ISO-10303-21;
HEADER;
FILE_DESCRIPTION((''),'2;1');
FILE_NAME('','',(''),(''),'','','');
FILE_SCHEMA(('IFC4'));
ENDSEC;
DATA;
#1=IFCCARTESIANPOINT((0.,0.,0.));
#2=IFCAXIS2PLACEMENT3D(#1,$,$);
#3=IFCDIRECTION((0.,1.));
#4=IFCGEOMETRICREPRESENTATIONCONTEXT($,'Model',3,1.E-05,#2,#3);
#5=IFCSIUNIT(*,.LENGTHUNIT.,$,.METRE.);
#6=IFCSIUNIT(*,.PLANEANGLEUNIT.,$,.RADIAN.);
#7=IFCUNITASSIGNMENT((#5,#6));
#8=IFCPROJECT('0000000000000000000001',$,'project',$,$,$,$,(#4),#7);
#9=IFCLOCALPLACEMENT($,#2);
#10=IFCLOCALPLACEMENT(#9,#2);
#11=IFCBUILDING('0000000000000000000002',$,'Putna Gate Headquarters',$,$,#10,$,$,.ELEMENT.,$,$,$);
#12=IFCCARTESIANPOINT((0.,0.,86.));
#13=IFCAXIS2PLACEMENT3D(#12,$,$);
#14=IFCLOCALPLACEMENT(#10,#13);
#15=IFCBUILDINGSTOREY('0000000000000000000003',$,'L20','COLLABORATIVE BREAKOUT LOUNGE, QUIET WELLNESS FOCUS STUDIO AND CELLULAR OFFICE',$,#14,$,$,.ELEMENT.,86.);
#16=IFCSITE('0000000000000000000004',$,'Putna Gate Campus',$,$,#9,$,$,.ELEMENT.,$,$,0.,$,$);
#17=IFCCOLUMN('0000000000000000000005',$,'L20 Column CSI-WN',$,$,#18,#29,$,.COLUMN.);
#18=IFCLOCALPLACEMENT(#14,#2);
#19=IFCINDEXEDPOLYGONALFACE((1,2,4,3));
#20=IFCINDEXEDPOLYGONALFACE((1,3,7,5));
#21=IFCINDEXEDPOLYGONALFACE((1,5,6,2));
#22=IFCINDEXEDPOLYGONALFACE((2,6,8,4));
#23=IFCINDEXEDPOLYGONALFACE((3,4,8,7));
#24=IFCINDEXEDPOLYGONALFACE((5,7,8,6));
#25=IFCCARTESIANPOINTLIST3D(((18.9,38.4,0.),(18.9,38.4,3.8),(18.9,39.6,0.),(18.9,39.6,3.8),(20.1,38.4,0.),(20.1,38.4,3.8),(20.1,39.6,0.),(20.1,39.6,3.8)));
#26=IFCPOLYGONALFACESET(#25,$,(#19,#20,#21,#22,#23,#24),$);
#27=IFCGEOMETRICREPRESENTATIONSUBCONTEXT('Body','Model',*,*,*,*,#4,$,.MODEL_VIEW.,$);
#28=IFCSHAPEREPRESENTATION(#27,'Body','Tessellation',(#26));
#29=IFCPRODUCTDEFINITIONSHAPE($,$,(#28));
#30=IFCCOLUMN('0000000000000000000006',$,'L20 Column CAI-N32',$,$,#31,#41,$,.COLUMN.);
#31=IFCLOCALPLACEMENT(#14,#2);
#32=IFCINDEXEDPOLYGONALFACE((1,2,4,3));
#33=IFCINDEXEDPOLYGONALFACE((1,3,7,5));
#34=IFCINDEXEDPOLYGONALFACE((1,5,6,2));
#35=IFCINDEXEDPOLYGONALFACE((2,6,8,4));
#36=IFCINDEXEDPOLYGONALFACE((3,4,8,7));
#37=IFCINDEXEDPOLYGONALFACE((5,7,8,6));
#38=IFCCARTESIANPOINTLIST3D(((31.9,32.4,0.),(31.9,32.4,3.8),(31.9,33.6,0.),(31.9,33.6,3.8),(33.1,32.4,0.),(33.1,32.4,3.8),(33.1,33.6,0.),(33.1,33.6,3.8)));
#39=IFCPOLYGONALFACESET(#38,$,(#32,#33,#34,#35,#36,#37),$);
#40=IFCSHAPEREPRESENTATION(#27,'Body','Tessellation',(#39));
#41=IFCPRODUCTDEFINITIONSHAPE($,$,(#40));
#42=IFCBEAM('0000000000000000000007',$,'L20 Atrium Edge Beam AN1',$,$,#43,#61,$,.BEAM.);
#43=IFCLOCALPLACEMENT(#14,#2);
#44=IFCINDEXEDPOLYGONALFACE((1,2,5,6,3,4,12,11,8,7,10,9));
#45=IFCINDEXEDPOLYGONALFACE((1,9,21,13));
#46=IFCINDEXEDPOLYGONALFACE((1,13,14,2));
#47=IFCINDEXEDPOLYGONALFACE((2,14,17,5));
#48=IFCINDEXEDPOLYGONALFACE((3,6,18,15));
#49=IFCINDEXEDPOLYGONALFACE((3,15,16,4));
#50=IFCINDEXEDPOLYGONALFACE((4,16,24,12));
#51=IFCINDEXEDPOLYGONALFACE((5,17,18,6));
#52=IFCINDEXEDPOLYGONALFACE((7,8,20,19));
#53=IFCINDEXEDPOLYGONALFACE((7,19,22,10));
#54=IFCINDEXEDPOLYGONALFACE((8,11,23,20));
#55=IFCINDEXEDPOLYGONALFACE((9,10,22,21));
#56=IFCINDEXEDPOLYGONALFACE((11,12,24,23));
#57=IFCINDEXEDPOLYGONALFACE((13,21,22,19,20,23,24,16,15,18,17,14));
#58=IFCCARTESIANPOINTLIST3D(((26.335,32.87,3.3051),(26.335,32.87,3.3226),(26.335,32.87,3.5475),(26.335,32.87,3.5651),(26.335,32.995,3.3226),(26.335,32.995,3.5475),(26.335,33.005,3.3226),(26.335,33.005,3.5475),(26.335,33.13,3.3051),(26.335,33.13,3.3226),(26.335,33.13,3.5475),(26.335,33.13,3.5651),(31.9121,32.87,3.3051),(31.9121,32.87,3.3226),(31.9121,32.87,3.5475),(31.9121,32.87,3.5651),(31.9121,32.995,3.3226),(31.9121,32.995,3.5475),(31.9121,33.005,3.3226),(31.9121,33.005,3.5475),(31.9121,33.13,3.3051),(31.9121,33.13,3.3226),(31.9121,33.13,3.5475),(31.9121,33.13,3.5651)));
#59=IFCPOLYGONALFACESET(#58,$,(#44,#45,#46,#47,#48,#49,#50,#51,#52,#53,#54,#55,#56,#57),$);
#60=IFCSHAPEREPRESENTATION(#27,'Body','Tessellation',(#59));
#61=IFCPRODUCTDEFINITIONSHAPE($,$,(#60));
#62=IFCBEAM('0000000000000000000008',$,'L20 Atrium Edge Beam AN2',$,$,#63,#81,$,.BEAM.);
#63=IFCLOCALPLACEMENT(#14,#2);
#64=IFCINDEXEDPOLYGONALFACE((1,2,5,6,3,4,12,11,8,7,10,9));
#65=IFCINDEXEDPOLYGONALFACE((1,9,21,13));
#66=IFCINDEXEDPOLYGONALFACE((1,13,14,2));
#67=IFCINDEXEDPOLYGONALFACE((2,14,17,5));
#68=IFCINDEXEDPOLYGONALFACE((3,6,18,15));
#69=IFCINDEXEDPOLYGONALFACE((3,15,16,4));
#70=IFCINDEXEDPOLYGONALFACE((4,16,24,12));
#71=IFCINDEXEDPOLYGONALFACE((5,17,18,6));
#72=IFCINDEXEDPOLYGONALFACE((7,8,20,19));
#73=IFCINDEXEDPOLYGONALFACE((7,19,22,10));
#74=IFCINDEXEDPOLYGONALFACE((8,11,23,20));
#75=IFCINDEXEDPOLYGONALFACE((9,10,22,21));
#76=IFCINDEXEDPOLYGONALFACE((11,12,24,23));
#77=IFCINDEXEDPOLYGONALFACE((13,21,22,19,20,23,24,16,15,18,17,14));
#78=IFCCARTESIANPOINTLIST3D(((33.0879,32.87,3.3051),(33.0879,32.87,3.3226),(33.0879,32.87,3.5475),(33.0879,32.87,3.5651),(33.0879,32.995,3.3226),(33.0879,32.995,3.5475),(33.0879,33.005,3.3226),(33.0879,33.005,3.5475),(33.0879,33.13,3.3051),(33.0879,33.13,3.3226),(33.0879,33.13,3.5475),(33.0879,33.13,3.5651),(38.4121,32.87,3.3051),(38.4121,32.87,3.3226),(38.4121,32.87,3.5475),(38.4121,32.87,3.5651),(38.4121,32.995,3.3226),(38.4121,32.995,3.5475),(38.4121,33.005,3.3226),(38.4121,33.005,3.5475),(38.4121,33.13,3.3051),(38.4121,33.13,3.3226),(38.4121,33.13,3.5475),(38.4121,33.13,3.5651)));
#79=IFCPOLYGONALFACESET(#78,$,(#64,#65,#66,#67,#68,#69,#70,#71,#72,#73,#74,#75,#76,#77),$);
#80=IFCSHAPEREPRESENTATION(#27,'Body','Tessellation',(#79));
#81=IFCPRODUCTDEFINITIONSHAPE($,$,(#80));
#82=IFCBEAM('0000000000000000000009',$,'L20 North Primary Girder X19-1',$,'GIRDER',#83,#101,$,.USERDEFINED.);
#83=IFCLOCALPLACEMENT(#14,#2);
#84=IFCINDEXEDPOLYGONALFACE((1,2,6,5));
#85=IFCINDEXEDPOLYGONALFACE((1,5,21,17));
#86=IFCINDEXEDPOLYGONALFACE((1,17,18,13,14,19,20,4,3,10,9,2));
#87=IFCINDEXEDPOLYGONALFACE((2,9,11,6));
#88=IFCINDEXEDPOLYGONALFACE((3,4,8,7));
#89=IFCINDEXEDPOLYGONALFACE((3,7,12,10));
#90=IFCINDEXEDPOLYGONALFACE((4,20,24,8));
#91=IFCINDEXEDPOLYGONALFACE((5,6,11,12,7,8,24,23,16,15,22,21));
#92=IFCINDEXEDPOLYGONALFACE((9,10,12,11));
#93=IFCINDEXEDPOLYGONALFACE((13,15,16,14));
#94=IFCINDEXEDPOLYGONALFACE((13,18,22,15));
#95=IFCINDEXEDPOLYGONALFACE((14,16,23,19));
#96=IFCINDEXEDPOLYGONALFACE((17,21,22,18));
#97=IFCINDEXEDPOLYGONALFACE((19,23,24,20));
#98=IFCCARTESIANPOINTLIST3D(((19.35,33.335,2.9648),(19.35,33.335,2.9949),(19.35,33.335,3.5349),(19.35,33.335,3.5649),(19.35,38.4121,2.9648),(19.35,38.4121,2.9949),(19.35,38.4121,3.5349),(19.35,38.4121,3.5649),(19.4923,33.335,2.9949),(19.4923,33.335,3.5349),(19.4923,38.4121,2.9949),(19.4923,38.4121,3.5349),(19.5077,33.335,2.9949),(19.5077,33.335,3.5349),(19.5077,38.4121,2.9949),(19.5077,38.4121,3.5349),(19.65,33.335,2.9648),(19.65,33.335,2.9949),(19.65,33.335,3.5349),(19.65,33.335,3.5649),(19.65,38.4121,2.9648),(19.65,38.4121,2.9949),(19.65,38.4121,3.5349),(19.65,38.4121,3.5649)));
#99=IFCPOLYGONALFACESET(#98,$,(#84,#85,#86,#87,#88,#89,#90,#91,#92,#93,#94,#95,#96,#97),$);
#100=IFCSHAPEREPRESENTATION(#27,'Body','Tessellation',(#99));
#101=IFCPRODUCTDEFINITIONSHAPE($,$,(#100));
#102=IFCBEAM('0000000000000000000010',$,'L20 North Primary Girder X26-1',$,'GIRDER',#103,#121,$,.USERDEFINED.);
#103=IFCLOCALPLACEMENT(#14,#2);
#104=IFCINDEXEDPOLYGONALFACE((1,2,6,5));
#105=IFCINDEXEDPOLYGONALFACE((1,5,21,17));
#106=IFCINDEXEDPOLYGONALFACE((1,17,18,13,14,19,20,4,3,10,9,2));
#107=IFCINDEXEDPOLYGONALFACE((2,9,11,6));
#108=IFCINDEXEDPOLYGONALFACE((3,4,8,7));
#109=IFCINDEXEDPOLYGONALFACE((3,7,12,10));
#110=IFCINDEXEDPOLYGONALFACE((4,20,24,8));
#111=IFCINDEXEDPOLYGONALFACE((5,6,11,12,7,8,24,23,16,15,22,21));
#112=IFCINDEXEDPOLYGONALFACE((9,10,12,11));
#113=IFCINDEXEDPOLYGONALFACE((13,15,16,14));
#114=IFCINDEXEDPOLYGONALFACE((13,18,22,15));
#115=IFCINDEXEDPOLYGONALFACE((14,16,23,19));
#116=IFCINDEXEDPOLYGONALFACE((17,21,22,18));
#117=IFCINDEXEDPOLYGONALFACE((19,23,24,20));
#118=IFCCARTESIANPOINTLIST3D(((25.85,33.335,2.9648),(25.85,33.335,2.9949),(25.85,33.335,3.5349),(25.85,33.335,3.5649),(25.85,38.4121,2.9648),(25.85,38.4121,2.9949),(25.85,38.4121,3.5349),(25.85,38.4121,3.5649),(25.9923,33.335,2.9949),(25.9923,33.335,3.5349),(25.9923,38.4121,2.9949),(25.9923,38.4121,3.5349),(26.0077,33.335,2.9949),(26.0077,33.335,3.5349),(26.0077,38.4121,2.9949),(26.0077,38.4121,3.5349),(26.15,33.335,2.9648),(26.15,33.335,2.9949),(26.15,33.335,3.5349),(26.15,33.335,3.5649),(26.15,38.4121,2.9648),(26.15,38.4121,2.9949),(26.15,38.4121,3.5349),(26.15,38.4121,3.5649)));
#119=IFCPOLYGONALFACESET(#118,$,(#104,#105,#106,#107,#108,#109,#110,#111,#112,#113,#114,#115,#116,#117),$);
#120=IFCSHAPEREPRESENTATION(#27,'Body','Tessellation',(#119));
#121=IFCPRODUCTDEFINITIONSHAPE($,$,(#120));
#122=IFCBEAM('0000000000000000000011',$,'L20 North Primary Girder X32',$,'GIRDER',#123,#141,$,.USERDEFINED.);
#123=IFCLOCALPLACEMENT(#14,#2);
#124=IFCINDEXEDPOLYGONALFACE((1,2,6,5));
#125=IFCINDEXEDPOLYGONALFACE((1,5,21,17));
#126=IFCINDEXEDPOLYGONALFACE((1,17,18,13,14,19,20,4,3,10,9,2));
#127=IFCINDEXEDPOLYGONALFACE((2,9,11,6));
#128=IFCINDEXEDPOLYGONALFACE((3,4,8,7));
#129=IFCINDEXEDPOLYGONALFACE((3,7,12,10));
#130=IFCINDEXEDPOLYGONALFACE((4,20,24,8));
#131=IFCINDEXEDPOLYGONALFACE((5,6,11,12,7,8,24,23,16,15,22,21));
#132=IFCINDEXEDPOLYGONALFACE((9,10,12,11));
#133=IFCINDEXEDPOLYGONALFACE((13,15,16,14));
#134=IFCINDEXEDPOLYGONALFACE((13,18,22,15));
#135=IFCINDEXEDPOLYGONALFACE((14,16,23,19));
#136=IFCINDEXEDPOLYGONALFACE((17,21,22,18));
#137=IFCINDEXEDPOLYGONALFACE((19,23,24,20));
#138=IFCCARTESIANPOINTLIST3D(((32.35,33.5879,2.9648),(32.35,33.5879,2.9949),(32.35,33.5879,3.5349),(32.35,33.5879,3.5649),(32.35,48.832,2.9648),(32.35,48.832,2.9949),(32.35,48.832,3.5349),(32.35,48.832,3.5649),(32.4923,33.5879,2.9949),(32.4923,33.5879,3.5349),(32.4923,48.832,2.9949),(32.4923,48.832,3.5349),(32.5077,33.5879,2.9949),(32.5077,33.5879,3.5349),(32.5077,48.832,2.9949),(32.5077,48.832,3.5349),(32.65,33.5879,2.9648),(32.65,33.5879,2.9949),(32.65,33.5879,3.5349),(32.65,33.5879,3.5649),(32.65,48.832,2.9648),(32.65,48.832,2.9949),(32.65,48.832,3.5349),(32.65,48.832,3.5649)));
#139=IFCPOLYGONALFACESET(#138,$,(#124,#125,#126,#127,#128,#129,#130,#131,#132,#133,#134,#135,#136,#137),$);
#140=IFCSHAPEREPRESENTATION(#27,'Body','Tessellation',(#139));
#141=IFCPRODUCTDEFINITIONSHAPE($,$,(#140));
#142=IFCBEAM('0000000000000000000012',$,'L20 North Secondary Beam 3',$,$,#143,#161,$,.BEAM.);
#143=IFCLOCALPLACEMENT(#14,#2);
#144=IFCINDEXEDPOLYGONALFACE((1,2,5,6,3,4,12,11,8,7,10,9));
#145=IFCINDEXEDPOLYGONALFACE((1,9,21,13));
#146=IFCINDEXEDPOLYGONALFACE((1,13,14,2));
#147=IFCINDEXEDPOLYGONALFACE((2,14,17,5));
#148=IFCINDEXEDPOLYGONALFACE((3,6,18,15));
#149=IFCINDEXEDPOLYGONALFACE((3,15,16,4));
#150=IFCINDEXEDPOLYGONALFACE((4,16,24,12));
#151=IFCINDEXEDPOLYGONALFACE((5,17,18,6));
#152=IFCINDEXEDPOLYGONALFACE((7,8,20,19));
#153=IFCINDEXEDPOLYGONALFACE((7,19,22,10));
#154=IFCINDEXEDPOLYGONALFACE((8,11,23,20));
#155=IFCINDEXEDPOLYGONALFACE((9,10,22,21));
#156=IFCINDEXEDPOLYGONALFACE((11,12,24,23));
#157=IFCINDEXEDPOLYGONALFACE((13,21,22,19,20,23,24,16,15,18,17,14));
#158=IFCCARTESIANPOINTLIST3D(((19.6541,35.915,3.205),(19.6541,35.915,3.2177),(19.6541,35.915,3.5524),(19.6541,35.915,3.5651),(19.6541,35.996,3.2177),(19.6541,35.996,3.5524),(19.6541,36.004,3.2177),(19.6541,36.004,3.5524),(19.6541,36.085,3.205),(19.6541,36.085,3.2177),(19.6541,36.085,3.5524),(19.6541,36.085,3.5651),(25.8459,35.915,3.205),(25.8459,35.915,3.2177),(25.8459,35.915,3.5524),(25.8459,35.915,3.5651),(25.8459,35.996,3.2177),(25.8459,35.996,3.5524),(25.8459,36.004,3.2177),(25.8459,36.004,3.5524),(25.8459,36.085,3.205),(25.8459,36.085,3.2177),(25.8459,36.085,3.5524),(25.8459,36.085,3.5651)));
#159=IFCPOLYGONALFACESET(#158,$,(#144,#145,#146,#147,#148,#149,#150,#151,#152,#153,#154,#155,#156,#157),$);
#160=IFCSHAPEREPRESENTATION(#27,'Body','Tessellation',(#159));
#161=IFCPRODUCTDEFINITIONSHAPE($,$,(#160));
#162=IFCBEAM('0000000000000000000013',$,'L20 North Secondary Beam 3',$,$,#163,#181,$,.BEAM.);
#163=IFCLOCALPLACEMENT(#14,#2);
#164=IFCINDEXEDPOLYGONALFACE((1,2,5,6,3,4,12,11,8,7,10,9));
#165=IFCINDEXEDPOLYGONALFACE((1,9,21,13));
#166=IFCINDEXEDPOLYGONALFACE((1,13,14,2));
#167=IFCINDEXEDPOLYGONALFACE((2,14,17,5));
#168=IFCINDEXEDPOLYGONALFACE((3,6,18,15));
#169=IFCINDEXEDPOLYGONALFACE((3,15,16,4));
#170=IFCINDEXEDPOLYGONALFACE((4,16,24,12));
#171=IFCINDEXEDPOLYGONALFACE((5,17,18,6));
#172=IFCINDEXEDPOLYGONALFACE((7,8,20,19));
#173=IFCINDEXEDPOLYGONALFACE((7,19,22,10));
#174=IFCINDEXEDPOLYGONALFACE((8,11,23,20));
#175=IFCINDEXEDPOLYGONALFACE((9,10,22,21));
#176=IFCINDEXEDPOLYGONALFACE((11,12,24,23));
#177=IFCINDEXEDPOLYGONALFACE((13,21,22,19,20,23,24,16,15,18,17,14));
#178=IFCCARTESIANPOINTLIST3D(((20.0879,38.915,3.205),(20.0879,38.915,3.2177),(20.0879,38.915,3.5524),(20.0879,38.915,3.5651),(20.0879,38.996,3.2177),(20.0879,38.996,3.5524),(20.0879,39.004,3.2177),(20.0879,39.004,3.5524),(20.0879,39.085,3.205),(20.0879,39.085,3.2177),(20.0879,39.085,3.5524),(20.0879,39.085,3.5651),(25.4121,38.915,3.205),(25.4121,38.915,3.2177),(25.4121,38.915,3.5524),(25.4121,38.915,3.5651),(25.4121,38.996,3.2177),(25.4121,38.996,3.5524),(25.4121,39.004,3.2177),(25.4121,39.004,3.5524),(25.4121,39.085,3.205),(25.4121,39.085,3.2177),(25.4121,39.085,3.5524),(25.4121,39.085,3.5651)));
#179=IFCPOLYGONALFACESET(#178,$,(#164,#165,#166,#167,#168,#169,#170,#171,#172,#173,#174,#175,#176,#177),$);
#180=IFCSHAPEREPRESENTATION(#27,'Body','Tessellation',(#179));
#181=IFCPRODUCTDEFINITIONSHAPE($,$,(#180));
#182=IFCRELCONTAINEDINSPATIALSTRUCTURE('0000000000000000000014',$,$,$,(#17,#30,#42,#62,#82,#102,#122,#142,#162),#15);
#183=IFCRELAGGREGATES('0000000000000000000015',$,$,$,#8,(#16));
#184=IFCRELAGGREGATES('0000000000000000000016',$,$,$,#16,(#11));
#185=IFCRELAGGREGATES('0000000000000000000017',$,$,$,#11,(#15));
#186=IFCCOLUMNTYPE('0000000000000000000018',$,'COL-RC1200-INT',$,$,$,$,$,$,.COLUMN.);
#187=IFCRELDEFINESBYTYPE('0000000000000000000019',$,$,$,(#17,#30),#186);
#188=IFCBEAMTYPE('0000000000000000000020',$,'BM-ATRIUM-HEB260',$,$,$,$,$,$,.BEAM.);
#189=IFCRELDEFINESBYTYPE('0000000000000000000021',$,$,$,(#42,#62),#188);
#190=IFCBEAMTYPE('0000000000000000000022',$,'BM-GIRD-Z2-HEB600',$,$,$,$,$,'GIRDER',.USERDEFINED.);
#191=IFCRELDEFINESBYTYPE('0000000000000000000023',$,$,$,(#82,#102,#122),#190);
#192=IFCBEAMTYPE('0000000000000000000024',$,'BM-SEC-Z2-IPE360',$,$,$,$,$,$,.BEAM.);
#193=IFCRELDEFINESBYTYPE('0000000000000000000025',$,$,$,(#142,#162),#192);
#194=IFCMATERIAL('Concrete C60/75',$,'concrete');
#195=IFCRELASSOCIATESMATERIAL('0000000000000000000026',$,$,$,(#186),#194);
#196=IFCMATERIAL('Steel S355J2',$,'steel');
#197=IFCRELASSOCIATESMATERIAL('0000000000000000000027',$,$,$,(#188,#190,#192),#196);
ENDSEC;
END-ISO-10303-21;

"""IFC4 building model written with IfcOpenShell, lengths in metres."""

from ifc_helpers import new_model, si_unit, direction, frame, origin, origin_2d, place, context, subcontext, project, spatial, rectangle, i_section, extrude, material, material_profile, profile_set, type_object, element, save


model = new_model("IFC4")

# Units and contexts
model_context = context("Model", 3, precision=1e-05, world=origin(), true_north=direction((0.0, 1.0)))
body_context = subcontext(model_context, "Body", "Model", "MODEL_VIEW")
ifc_project = project(units=[si_unit("LENGTHUNIT", "METRE"), si_unit("PLANEANGLEUNIT", "RADIAN")], contexts=[model_context])

# Site, building, storey
site_placement = place(None, origin())
site = spatial("IfcSite", under=ifc_project, at=site_placement, Name="Putna Gate Campus", CompositionType="ELEMENT", RefElevation=0.0)
building_placement = place(site_placement, origin())
building = spatial("IfcBuilding", under=site, at=building_placement, Name="Putna Gate Headquarters", CompositionType="ELEMENT")
storey_placement = place(building_placement, frame((0.0, 0.0, 86.0)))
storey = spatial("IfcBuildingStorey", under=building, at=storey_placement, Name="L20", Description="COLLABORATIVE BREAKOUT LOUNGE, QUIET WELLNESS FOCUS STUDIO AND CELLULAR OFFICE", CompositionType="ELEMENT", Elevation=86.0)

# Columns
ifc_material_1 = material(Name="Concrete C60/75", Category="concrete")
ifc_material_profile_1 = material_profile(ifc_material_1, rectangle(XDim=1.2, YDim=1.2, at=origin_2d()), Name="Concrete C60/75")
ifc_profile_set_1 = profile_set([ifc_material_profile_1], Name="Concrete C60/75")
column_type = type_object("IfcColumnType", Name="COL-RC1200-INT", PredefinedType="COLUMN", material=ifc_profile_set_1)
for number, where, z_axis, x_axis, name in (
    (1, (19.5, 39.0, 0.0), (0.0, 0.0, 1.0), (1.0, 0.0, 0.0), "L20 Column CSI-WN"),
    (2, (32.5, 33.0, 0.0), (0.0, 0.0, 1.0), (1.0, 0.0, 0.0), "L20 Column CAI-N32"),
):
    element("IfcColumn", number, at=place(storey_placement, frame(where, z_axis=z_axis, x_axis=x_axis)), inside=storey, type_object=column_type, Name=name, PredefinedType="COLUMN", context=body_context, shape_type="SweptSolid", body=[
        extrude(rectangle(XDim=1.2, YDim=1.2, at=origin_2d()), origin(), (0.0, 0.0, 1.0), 3.8),
    ])

# Beams
ifc_material_2 = material(Name="Steel S355J2", Category="steel")
ifc_material_profile_2 = material_profile(ifc_material_2, i_section(OverallWidth=0.26, OverallDepth=0.26, WebThickness=0.01, FlangeThickness=0.0176, at=origin_2d()), Name="Steel S355J2")
ifc_profile_set_2 = profile_set([ifc_material_profile_2], Name="Steel S355J2")
beam_type_1 = type_object("IfcBeamType", Name="BM-ATRIUM-HEB260", PredefinedType="BEAM", material=ifc_profile_set_2)
beam_1_placement = place(storey_placement, frame((26.335, 33.0, 3.4351), z_axis=(1.0, 0.0, 0.0), x_axis=(0.0, 1.0, 0.0)))
element("IfcBeam", 3, at=beam_1_placement, inside=storey, type_object=beam_type_1, Name="L20 Atrium Edge Beam AN1", PredefinedType="BEAM", context=body_context, shape_type="SweptSolid", body=[
    extrude(i_section(OverallWidth=0.26, OverallDepth=0.26, WebThickness=0.01, FlangeThickness=0.0176, at=origin_2d()), origin(), (0.0, 0.0, 1.0), 5.5771),
])
beam_2_placement = place(storey_placement, frame((33.0879, 33.0, 3.4351), z_axis=(1.0, 0.0, 0.0), x_axis=(0.0, 1.0, 0.0)))
element("IfcBeam", 4, at=beam_2_placement, inside=storey, type_object=beam_type_1, Name="L20 Atrium Edge Beam AN2", PredefinedType="BEAM", context=body_context, shape_type="SweptSolid", body=[
    extrude(i_section(OverallWidth=0.26, OverallDepth=0.26, WebThickness=0.01, FlangeThickness=0.0176, at=origin_2d()), origin(), (0.0, 0.0, 1.0), 5.3242),
])
ifc_material_profile_3 = material_profile(ifc_material_2, i_section(OverallWidth=0.3, OverallDepth=0.6001, WebThickness=0.0154, FlangeThickness=0.03, at=origin_2d()), Name="Steel S355J2")
ifc_profile_set_3 = profile_set([ifc_material_profile_3], Name="Steel S355J2")
beam_type_2 = type_object("IfcBeamType", Name="BM-GIRD-Z2-HEB600", ElementType="GIRDER", PredefinedType="USERDEFINED", material=ifc_profile_set_3)
for number, where, z_axis, x_axis, name in (
    (5, (19.5, 33.335, 3.2649), (0.0, 1.0, 0.0), (-1.0, 0.0, 0.0), "L20 North Primary Girder X19-1"),
    (6, (26.0, 33.335, 3.2649), (0.0, 1.0, 0.0), (-1.0, 0.0, 0.0), "L20 North Primary Girder X26-1"),
):
    element("IfcBeam", number, at=place(storey_placement, frame(where, z_axis=z_axis, x_axis=x_axis)), inside=storey, type_object=beam_type_2, Name=name, ObjectType="GIRDER", PredefinedType="USERDEFINED", context=body_context, shape_type="SweptSolid", body=[
        extrude(i_section(OverallWidth=0.3, OverallDepth=0.6001, WebThickness=0.0154, FlangeThickness=0.03, at=origin_2d()), origin(), (0.0, 0.0, 1.0), 5.0771),
    ])
beam_3_placement = place(storey_placement, frame((32.5, 33.5879, 3.2649), z_axis=(0.0, 1.0, 0.0), x_axis=(-1.0, 0.0, 0.0)))
element("IfcBeam", 7, at=beam_3_placement, inside=storey, type_object=beam_type_2, Name="L20 North Primary Girder X32", ObjectType="GIRDER", PredefinedType="USERDEFINED", context=body_context, shape_type="SweptSolid", body=[
    extrude(i_section(OverallWidth=0.3, OverallDepth=0.6001, WebThickness=0.0154, FlangeThickness=0.03, at=origin_2d()), origin(), (0.0, 0.0, 1.0), 15.2441),
])
ifc_material_profile_4 = material_profile(ifc_material_2, i_section(OverallWidth=0.1699, OverallDepth=0.3601, WebThickness=0.0081, FlangeThickness=0.0127, at=origin_2d()), Name="Steel S355J2")
ifc_profile_set_4 = profile_set([ifc_material_profile_4], Name="Steel S355J2")
beam_type_3 = type_object("IfcBeamType", Name="BM-SEC-Z2-IPE360", PredefinedType="BEAM", material=ifc_profile_set_4)
beam_4_placement = place(storey_placement, frame((19.6541, 36.0, 3.385), z_axis=(1.0, 0.0, 0.0), x_axis=(0.0, 1.0, 0.0)))
element("IfcBeam", 8, at=beam_4_placement, inside=storey, type_object=beam_type_3, Name="L20 North Secondary Beam 3", PredefinedType="BEAM", context=body_context, shape_type="SweptSolid", body=[
    extrude(i_section(OverallWidth=0.1699, OverallDepth=0.3601, WebThickness=0.0081, FlangeThickness=0.0127, at=origin_2d()), origin(), (0.0, 0.0, 1.0), 6.1919),
])
beam_5_placement = place(storey_placement, frame((20.0879, 39.0, 3.385), z_axis=(1.0, 0.0, 0.0), x_axis=(0.0, 1.0, 0.0)))
element("IfcBeam", 9, at=beam_5_placement, inside=storey, type_object=beam_type_3, Name="L20 North Secondary Beam 3", PredefinedType="BEAM", context=body_context, shape_type="SweptSolid", body=[
    extrude(i_section(OverallWidth=0.1699, OverallDepth=0.3601, WebThickness=0.0081, FlangeThickness=0.0127, at=origin_2d()), origin(), (0.0, 0.0, 1.0), 5.3242),
])

save(model, "model.ifc")
